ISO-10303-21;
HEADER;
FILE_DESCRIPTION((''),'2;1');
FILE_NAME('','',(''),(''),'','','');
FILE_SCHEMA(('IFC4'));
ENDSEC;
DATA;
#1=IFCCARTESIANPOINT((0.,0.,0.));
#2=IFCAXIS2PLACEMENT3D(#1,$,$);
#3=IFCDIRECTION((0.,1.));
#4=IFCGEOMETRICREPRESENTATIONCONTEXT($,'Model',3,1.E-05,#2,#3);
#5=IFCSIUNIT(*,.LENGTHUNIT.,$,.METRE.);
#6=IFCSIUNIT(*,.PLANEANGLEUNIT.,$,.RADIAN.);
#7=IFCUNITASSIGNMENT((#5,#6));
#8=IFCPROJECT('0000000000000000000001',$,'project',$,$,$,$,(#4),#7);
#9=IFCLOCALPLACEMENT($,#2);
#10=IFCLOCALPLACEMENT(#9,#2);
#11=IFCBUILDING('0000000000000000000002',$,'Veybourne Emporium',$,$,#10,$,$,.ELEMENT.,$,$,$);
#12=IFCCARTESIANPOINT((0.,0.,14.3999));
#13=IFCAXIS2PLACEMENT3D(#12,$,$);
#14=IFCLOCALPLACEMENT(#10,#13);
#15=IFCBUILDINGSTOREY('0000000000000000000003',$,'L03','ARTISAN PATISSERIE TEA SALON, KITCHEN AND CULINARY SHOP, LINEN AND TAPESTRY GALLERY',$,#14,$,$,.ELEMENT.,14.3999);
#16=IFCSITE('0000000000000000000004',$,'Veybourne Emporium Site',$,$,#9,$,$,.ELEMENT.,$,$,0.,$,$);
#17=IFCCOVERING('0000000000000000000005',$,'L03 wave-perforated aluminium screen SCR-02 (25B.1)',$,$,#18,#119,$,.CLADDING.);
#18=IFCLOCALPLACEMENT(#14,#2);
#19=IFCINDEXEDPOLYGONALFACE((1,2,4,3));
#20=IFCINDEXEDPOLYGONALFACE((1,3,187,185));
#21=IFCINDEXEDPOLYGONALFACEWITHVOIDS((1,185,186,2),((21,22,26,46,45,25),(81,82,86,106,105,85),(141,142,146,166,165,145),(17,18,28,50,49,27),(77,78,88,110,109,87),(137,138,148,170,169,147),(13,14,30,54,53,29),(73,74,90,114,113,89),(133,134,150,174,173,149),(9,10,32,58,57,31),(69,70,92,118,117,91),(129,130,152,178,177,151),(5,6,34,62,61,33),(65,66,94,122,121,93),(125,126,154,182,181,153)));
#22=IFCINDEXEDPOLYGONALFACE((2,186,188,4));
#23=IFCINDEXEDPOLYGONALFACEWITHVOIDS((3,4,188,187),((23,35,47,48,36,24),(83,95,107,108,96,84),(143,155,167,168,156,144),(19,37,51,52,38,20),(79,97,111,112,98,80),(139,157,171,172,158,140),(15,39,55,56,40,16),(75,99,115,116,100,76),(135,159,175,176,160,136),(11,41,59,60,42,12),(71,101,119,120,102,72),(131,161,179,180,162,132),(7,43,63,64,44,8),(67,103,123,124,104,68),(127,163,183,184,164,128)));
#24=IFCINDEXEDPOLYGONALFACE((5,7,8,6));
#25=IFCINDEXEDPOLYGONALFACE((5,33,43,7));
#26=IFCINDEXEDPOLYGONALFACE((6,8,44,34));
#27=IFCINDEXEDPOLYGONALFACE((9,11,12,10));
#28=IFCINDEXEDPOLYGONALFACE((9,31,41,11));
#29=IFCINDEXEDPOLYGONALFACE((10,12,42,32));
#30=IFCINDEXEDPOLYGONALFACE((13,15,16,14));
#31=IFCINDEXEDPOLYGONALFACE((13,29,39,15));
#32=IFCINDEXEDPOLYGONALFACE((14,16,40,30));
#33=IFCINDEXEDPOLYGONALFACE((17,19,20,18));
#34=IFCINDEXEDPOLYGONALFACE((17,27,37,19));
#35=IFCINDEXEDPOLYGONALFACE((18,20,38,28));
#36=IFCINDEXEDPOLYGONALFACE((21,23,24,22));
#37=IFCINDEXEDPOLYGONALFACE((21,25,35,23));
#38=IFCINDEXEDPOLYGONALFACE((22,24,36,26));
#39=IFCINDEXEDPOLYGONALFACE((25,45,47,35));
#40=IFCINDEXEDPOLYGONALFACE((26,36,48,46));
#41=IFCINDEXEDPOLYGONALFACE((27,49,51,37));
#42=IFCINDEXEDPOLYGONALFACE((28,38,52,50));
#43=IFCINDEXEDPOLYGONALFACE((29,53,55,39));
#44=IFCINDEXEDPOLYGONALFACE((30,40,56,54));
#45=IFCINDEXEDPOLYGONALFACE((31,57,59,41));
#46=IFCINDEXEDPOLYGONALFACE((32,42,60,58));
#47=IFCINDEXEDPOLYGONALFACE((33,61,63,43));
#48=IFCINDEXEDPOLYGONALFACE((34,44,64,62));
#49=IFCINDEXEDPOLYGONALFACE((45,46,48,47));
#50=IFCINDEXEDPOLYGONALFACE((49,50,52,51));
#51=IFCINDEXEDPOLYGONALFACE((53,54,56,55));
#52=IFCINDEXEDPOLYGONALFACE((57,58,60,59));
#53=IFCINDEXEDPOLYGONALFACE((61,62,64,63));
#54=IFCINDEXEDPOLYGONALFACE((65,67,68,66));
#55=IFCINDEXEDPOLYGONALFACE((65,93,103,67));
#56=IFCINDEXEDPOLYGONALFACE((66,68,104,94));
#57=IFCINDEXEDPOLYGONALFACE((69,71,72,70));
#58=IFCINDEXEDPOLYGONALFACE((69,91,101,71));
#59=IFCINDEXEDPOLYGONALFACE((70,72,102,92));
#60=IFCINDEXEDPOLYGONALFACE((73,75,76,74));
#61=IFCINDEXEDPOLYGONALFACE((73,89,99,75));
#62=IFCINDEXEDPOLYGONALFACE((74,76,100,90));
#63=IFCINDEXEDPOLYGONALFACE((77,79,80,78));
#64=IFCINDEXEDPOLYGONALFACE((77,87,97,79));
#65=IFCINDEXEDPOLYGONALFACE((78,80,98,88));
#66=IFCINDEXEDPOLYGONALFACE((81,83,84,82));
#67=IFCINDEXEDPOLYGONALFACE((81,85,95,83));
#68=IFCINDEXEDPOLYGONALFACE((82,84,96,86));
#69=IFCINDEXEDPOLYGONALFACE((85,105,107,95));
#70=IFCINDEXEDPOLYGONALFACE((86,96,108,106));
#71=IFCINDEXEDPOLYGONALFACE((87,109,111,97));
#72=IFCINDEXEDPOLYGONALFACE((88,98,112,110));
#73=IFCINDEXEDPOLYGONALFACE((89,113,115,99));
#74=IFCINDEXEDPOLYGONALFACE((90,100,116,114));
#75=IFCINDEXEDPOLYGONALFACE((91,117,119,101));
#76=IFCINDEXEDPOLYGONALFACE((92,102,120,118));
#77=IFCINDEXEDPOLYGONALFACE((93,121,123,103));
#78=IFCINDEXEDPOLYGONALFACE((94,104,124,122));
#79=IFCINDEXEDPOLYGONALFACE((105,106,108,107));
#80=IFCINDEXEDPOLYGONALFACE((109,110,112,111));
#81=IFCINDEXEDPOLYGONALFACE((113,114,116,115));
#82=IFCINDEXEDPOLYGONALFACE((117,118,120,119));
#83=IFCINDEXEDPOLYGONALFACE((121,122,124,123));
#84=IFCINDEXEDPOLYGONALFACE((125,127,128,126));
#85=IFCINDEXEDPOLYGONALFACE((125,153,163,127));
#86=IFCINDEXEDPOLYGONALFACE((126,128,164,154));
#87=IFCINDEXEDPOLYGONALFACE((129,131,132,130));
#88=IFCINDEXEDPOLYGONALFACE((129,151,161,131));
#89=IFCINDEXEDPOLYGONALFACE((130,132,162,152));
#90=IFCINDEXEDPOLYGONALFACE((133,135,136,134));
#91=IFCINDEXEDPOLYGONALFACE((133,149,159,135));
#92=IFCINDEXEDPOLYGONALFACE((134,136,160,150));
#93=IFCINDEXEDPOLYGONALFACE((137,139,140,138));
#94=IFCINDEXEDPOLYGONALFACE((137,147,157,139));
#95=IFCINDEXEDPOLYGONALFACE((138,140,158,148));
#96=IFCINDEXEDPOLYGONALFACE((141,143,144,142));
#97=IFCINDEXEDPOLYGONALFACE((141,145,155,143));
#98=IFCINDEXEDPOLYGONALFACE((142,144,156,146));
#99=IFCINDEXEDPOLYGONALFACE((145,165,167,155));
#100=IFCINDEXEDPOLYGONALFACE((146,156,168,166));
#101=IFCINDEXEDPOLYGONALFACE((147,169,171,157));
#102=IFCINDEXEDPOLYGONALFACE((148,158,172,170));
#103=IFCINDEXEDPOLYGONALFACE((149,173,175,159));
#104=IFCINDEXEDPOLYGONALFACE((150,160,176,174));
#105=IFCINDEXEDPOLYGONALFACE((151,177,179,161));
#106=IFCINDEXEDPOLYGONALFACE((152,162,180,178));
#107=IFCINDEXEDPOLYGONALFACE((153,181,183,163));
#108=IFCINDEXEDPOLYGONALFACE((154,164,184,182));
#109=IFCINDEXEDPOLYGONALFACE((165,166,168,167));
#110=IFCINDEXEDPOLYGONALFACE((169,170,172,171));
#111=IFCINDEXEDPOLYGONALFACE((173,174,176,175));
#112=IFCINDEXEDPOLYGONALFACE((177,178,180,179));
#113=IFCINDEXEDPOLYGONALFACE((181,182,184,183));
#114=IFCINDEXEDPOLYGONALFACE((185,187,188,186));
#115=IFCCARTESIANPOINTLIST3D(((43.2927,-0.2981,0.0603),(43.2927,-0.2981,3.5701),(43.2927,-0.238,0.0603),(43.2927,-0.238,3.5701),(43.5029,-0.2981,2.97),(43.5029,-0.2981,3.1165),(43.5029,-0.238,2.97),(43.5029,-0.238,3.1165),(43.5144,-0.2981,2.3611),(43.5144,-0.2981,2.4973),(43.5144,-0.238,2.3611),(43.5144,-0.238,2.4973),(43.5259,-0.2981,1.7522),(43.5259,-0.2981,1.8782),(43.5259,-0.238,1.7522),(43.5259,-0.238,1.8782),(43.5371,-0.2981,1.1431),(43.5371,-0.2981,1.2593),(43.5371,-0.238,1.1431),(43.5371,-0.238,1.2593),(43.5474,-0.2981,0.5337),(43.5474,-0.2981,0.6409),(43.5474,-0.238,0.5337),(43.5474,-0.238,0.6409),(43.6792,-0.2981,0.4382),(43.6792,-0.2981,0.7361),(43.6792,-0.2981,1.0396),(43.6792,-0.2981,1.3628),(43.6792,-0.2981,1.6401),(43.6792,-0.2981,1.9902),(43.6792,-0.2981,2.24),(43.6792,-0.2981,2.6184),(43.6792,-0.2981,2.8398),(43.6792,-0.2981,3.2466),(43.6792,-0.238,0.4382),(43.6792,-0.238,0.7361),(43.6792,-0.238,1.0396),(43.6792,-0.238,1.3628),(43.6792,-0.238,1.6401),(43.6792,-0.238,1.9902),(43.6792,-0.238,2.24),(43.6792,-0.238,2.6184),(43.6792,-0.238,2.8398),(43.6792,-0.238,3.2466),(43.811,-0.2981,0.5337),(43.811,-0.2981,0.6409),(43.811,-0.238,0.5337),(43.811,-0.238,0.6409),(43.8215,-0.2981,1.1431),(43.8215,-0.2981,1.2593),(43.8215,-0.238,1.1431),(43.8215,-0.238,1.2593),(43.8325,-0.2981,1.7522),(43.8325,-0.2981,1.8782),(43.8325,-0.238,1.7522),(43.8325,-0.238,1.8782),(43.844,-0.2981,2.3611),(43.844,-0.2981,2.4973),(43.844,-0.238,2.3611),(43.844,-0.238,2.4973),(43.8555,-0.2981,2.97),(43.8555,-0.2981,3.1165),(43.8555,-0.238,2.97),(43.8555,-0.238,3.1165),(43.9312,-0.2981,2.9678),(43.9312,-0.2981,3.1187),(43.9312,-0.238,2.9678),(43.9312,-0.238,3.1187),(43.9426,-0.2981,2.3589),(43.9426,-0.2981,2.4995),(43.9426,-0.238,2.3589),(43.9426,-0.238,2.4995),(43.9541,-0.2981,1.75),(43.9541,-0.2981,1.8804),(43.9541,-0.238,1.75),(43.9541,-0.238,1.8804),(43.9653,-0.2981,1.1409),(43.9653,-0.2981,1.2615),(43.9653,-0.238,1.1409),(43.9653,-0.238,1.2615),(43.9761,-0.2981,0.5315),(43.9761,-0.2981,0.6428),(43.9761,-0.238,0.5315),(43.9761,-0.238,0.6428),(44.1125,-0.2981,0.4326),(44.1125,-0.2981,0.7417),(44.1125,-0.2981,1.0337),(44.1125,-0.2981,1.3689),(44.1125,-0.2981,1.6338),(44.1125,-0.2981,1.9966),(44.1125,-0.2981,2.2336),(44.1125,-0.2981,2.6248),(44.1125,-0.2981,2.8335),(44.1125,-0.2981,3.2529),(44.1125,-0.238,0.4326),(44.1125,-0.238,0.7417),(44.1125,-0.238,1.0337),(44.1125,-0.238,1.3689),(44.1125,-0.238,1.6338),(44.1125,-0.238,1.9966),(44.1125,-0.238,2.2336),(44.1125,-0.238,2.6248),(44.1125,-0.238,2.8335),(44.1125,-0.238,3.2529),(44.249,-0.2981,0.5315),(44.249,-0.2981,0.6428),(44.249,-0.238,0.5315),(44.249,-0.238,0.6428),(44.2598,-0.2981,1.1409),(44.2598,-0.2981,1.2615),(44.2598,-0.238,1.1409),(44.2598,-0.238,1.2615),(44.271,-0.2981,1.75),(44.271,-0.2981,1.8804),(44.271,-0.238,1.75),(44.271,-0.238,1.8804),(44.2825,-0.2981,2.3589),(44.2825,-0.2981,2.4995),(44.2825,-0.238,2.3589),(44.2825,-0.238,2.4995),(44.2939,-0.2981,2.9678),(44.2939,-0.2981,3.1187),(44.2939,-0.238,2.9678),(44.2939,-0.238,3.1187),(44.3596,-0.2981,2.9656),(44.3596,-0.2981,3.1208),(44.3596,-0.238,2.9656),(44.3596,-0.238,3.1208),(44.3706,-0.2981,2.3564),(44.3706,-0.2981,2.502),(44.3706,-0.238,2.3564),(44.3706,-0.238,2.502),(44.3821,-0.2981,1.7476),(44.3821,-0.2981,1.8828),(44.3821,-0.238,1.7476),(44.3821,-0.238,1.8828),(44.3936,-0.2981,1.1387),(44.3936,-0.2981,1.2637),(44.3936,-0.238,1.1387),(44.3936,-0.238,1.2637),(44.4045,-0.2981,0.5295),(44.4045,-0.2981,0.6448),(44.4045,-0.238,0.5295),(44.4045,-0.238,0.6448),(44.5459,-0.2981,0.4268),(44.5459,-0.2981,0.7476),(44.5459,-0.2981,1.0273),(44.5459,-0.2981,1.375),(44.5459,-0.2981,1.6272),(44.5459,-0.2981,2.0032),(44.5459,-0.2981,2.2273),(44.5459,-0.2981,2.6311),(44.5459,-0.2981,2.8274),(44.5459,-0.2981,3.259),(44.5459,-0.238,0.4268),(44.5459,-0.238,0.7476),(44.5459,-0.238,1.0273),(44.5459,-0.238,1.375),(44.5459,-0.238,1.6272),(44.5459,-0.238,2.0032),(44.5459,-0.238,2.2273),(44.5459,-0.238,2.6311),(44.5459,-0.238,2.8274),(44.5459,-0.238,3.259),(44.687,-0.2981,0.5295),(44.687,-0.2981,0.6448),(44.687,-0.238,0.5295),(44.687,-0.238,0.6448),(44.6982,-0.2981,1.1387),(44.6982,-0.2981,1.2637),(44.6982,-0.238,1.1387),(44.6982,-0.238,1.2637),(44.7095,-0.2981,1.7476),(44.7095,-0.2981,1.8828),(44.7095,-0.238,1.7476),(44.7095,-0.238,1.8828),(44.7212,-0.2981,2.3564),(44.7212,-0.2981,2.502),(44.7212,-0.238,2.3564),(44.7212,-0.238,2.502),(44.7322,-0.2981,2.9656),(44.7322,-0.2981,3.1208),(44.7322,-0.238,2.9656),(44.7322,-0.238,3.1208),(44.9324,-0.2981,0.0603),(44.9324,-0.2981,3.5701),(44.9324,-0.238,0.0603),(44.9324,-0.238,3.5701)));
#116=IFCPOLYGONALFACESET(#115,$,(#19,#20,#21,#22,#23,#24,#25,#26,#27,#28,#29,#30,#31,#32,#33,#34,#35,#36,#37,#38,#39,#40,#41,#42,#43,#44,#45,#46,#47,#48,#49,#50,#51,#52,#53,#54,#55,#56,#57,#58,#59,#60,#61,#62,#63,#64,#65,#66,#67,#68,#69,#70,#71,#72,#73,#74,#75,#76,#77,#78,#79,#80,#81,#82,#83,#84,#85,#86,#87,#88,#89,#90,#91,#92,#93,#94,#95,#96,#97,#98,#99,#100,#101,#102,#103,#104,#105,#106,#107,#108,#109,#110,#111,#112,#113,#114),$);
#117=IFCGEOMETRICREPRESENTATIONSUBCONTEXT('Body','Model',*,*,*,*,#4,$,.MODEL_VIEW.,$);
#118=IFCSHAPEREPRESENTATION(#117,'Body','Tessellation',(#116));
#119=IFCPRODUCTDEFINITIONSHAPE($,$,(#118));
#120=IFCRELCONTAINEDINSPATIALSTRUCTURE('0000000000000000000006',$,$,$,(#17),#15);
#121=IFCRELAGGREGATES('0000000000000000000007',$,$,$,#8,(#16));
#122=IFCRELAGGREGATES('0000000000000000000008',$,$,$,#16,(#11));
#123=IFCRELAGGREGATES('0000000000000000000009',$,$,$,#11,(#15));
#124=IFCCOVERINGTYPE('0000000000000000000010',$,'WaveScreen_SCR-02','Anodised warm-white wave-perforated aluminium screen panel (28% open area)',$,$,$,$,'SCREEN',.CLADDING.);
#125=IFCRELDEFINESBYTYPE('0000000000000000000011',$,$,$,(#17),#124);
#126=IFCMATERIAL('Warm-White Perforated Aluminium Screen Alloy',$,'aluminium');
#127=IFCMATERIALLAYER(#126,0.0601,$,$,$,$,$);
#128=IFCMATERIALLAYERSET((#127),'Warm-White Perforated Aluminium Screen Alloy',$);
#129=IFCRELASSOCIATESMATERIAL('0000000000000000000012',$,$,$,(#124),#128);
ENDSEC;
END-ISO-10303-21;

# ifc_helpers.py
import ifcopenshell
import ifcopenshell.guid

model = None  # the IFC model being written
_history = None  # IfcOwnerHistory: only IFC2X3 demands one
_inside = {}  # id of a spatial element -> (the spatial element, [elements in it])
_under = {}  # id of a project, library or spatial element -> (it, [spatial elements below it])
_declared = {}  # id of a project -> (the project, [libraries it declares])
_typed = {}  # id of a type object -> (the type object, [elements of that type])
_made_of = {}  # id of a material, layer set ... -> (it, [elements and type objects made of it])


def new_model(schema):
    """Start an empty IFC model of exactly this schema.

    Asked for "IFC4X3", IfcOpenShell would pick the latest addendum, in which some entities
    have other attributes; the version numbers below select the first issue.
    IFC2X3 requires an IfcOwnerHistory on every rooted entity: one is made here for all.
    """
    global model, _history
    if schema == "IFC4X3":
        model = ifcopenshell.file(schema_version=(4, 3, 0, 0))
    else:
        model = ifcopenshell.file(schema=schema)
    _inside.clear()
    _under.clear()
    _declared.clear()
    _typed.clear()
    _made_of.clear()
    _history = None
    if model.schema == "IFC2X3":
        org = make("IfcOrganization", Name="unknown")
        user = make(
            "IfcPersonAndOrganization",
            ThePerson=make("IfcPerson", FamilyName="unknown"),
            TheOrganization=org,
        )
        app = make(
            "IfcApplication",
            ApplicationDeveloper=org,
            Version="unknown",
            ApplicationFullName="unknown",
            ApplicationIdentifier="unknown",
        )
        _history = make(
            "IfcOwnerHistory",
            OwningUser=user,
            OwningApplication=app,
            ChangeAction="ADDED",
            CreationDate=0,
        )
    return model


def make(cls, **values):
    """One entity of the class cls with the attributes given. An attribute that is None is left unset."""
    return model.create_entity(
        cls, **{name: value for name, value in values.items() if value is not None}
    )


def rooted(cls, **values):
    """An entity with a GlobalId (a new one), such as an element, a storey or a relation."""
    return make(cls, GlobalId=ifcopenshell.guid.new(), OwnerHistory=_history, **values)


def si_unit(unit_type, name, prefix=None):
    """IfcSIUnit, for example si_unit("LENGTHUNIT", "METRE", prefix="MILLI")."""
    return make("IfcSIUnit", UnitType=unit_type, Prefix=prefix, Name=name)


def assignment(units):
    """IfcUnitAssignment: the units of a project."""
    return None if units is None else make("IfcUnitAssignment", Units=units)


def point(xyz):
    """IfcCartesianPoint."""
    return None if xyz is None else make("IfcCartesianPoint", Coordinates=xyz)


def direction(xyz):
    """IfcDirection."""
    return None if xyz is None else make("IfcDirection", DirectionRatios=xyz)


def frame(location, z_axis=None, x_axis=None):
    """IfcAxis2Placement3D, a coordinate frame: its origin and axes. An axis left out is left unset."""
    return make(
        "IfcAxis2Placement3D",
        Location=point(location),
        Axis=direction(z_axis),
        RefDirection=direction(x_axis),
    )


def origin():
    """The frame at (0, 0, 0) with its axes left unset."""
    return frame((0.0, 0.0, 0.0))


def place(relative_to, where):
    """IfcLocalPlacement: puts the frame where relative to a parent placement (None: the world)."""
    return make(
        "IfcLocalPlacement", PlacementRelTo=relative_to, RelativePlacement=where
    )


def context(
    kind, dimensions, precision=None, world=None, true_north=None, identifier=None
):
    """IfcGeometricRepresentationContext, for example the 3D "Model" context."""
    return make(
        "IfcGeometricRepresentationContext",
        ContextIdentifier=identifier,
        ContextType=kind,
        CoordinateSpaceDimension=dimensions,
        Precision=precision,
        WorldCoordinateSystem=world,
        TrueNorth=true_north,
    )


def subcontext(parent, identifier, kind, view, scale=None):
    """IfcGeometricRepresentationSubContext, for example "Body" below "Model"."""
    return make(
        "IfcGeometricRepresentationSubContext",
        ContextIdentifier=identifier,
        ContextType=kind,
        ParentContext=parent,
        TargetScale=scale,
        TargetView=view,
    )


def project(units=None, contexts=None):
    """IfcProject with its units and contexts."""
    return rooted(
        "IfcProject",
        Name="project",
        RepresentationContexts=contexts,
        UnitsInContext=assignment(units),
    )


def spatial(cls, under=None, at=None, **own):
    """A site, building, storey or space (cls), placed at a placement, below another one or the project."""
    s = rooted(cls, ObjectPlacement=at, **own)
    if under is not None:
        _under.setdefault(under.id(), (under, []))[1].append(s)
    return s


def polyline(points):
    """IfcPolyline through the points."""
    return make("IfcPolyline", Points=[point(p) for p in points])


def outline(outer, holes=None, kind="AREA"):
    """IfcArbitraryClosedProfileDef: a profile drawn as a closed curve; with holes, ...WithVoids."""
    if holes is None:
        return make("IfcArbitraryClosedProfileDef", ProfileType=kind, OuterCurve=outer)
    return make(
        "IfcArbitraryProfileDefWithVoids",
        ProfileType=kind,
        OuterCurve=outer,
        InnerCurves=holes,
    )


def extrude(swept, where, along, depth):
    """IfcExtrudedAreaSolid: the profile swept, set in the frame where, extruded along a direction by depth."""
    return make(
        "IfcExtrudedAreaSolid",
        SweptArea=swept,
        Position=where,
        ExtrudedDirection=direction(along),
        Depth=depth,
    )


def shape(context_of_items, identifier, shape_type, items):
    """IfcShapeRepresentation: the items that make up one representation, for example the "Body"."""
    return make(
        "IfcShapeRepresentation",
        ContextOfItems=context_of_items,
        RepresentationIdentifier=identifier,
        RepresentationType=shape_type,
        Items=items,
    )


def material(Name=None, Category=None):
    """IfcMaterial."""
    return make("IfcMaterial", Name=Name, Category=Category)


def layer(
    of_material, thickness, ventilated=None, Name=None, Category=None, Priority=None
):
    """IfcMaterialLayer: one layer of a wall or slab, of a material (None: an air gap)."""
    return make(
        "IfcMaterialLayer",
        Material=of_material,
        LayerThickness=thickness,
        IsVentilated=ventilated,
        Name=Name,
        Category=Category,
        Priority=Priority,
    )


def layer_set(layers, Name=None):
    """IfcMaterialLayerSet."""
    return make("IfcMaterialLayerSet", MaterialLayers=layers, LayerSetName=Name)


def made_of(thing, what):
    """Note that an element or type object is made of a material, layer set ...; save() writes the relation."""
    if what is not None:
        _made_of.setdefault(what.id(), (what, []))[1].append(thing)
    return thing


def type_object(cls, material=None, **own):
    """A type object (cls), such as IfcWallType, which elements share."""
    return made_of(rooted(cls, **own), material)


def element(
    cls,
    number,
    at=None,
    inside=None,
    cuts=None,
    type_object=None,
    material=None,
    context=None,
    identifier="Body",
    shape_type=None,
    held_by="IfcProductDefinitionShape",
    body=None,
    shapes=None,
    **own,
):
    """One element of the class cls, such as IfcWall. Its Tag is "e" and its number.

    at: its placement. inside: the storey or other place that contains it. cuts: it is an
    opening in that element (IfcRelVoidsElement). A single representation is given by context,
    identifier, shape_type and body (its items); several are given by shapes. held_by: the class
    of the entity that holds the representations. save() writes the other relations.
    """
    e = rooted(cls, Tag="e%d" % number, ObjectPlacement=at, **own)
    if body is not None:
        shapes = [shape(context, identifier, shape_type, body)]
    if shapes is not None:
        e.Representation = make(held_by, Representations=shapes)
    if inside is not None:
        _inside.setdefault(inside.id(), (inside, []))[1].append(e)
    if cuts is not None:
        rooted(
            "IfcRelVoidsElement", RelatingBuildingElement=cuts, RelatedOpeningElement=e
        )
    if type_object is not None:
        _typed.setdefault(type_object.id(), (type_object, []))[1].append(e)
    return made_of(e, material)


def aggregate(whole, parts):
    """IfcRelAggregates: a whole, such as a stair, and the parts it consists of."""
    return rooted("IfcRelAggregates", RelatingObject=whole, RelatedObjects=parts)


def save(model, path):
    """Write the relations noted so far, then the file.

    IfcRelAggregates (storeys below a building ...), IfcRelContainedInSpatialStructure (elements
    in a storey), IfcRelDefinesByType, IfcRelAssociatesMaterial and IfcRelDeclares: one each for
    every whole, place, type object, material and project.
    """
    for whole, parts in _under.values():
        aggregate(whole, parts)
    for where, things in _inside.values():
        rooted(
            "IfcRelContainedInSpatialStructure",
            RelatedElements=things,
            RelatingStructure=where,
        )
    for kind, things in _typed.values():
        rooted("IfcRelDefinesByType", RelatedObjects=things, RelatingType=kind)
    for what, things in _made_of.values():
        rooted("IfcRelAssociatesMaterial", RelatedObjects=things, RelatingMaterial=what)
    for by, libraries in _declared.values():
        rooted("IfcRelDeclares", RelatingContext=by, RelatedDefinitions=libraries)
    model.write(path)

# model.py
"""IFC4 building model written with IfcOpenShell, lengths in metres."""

from ifc_helpers import new_model, si_unit, direction, frame, origin, place, context, subcontext, project, spatial, polyline, outline, extrude, material, layer, layer_set, type_object, element, save


model = new_model("IFC4")

# Units and contexts
model_context = context("Model", 3, precision=1e-05, world=origin(), true_north=direction((0.0, 1.0)))
body_context = subcontext(model_context, "Body", "Model", "MODEL_VIEW")
ifc_project = project(units=[si_unit("LENGTHUNIT", "METRE"), si_unit("PLANEANGLEUNIT", "RADIAN")], contexts=[model_context])

# Site, building, storey
site_placement = place(None, origin())
site = spatial("IfcSite", under=ifc_project, at=site_placement, Name="Veybourne Emporium Site", CompositionType="ELEMENT", RefElevation=0.0)
building_placement = place(site_placement, origin())
building = spatial("IfcBuilding", under=site, at=building_placement, Name="Veybourne Emporium", CompositionType="ELEMENT")
storey_placement = place(building_placement, frame((0.0, 0.0, 14.3999)))
storey = spatial("IfcBuildingStorey", under=building, at=storey_placement, Name="L03", Description="ARTISAN PATISSERIE TEA SALON, KITCHEN AND CULINARY SHOP, LINEN AND TAPESTRY GALLERY", CompositionType="ELEMENT", Elevation=14.3999)

# Covering
ifc_material_1 = material(Name="Warm-White Perforated Aluminium Screen Alloy", Category="aluminium")
ifc_layer_1 = layer(ifc_material_1, 0.0601)
ifc_layer_set_1 = layer_set([ifc_layer_1], Name="Warm-White Perforated Aluminium Screen Alloy")
covering_type_1 = type_object("IfcCoveringType", Name="WaveScreen_SCR-02", Description="Anodised warm-white wave-perforated aluminium screen panel (28% open area)", ElementType="SCREEN", PredefinedType="CLADDING", material=ifc_layer_set_1)
covering_1_placement = place(storey_placement, frame((44.1125, -0.2981, 1.8152), z_axis=(0.0, 1.0, 0.0), x_axis=(-1.0, 0.0, 0.0)))
element("IfcCovering", 1, at=covering_1_placement, inside=storey, type_object=covering_type_1, Name="L03 wave-perforated aluminium screen SCR-02 (25B.1)", PredefinedType="CLADDING", context=body_context, shape_type="SweptSolid", body=[
    extrude(outline(polyline([(-0.8198, -1.7549), (0.8198, -1.7549), (0.8198, 1.7549), (-0.8198, 1.7549), (-0.8198, -1.7549)]), holes=[polyline([(-0.4333, -1.0676), (-0.292, -1.1704), (-0.292, -1.2856), (-0.4333, -1.3884), (-0.5745, -1.2856), (-0.5745, -1.1704), (-0.4333, -1.0676)]), polyline([(-0.4333, -0.4402), (-0.281, -0.5515), (-0.281, -0.6765), (-0.4333, -0.7878), (-0.5857, -0.6765), (-0.5857, -0.5515), (-0.4333, -0.4402)]), polyline([(-0.4333, 0.188), (-0.2695, 0.0676), (-0.2695, -0.0676), (-0.4333, -0.188), (-0.5969, -0.0676), (-0.5969, 0.0676), (-0.4333, 0.188)]), polyline([(-0.4333, 0.8159), (-0.2581, 0.6868), (-0.2581, 0.5413), (-0.4333, 0.4121), (-0.6086, 0.5413), (-0.6086, 0.6868), (-0.4333, 0.8159)]), polyline([(-0.4333, 1.4438), (-0.2471, 1.3057), (-0.2471, 1.1504), (-0.4333, 1.0122), (-0.6196, 1.1504), (-0.6196, 1.3057), (-0.4333, 1.4438)]), polyline([(0.0, -1.0735), (0.1365, -1.1724), (0.1365, -1.2837), (0.0, -1.3826), (-0.1365, -1.2837), (-0.1365, -1.1724), (0.0, -1.0735)]), polyline([(0.0, -0.4463), (0.1472, -0.5537), (0.1472, -0.6743), (0.0, -0.7815), (-0.1472, -0.6743), (-0.1472, -0.5537), (0.0, -0.4463)]), polyline([(0.0, 0.1814), (0.1584, 0.0652), (0.1584, -0.0652), (0.0, -0.1814), (-0.1584, -0.0652), (-0.1584, 0.0652), (0.0, 0.1814)]), polyline([(0.0, 0.8096), (0.1699, 0.6843), (0.1699, 0.5437), (0.0, 0.4185), (-0.1699, 0.5437), (-0.1699, 0.6843), (0.0, 0.8096)]), polyline([(0.0, 1.4377), (0.1814, 1.3035), (0.1814, 1.1526), (0.0, 1.0183), (-0.1814, 1.1526), (-0.1814, 1.3035), (0.0, 1.4377)]), polyline([(0.4333, -1.0791), (0.5652, -1.1743), (0.5652, -1.2815), (0.4333, -1.377), (0.3015, -1.2815), (0.3015, -1.1743), (0.4333, -1.0791)]), polyline([(0.4333, -0.4524), (0.5754, -0.5559), (0.5754, -0.6721), (0.4333, -0.7756), (0.291, -0.6721), (0.291, -0.5559), (0.4333, -0.4524)]), polyline([(0.4333, 0.175), (0.5867, 0.063), (0.5867, -0.063), (0.4333, -0.175), (0.28, -0.063), (0.28, 0.063), (0.4333, 0.175)]), polyline([(0.4333, 0.8032), (0.5981, 0.6821), (0.5981, 0.5459), (0.4333, 0.4248), (0.2686, 0.5459), (0.2686, 0.6821), (0.4333, 0.8032)]), polyline([(0.4333, 1.4314), (0.6096, 1.3013), (0.6096, 1.1548), (0.4333, 1.0247), (0.2571, 1.1548), (0.2571, 1.3013), (0.4333, 1.4314)])]), origin(), (0.0, 0.0, 1.0), 0.0601),
])

save(model, "model.ifc")
